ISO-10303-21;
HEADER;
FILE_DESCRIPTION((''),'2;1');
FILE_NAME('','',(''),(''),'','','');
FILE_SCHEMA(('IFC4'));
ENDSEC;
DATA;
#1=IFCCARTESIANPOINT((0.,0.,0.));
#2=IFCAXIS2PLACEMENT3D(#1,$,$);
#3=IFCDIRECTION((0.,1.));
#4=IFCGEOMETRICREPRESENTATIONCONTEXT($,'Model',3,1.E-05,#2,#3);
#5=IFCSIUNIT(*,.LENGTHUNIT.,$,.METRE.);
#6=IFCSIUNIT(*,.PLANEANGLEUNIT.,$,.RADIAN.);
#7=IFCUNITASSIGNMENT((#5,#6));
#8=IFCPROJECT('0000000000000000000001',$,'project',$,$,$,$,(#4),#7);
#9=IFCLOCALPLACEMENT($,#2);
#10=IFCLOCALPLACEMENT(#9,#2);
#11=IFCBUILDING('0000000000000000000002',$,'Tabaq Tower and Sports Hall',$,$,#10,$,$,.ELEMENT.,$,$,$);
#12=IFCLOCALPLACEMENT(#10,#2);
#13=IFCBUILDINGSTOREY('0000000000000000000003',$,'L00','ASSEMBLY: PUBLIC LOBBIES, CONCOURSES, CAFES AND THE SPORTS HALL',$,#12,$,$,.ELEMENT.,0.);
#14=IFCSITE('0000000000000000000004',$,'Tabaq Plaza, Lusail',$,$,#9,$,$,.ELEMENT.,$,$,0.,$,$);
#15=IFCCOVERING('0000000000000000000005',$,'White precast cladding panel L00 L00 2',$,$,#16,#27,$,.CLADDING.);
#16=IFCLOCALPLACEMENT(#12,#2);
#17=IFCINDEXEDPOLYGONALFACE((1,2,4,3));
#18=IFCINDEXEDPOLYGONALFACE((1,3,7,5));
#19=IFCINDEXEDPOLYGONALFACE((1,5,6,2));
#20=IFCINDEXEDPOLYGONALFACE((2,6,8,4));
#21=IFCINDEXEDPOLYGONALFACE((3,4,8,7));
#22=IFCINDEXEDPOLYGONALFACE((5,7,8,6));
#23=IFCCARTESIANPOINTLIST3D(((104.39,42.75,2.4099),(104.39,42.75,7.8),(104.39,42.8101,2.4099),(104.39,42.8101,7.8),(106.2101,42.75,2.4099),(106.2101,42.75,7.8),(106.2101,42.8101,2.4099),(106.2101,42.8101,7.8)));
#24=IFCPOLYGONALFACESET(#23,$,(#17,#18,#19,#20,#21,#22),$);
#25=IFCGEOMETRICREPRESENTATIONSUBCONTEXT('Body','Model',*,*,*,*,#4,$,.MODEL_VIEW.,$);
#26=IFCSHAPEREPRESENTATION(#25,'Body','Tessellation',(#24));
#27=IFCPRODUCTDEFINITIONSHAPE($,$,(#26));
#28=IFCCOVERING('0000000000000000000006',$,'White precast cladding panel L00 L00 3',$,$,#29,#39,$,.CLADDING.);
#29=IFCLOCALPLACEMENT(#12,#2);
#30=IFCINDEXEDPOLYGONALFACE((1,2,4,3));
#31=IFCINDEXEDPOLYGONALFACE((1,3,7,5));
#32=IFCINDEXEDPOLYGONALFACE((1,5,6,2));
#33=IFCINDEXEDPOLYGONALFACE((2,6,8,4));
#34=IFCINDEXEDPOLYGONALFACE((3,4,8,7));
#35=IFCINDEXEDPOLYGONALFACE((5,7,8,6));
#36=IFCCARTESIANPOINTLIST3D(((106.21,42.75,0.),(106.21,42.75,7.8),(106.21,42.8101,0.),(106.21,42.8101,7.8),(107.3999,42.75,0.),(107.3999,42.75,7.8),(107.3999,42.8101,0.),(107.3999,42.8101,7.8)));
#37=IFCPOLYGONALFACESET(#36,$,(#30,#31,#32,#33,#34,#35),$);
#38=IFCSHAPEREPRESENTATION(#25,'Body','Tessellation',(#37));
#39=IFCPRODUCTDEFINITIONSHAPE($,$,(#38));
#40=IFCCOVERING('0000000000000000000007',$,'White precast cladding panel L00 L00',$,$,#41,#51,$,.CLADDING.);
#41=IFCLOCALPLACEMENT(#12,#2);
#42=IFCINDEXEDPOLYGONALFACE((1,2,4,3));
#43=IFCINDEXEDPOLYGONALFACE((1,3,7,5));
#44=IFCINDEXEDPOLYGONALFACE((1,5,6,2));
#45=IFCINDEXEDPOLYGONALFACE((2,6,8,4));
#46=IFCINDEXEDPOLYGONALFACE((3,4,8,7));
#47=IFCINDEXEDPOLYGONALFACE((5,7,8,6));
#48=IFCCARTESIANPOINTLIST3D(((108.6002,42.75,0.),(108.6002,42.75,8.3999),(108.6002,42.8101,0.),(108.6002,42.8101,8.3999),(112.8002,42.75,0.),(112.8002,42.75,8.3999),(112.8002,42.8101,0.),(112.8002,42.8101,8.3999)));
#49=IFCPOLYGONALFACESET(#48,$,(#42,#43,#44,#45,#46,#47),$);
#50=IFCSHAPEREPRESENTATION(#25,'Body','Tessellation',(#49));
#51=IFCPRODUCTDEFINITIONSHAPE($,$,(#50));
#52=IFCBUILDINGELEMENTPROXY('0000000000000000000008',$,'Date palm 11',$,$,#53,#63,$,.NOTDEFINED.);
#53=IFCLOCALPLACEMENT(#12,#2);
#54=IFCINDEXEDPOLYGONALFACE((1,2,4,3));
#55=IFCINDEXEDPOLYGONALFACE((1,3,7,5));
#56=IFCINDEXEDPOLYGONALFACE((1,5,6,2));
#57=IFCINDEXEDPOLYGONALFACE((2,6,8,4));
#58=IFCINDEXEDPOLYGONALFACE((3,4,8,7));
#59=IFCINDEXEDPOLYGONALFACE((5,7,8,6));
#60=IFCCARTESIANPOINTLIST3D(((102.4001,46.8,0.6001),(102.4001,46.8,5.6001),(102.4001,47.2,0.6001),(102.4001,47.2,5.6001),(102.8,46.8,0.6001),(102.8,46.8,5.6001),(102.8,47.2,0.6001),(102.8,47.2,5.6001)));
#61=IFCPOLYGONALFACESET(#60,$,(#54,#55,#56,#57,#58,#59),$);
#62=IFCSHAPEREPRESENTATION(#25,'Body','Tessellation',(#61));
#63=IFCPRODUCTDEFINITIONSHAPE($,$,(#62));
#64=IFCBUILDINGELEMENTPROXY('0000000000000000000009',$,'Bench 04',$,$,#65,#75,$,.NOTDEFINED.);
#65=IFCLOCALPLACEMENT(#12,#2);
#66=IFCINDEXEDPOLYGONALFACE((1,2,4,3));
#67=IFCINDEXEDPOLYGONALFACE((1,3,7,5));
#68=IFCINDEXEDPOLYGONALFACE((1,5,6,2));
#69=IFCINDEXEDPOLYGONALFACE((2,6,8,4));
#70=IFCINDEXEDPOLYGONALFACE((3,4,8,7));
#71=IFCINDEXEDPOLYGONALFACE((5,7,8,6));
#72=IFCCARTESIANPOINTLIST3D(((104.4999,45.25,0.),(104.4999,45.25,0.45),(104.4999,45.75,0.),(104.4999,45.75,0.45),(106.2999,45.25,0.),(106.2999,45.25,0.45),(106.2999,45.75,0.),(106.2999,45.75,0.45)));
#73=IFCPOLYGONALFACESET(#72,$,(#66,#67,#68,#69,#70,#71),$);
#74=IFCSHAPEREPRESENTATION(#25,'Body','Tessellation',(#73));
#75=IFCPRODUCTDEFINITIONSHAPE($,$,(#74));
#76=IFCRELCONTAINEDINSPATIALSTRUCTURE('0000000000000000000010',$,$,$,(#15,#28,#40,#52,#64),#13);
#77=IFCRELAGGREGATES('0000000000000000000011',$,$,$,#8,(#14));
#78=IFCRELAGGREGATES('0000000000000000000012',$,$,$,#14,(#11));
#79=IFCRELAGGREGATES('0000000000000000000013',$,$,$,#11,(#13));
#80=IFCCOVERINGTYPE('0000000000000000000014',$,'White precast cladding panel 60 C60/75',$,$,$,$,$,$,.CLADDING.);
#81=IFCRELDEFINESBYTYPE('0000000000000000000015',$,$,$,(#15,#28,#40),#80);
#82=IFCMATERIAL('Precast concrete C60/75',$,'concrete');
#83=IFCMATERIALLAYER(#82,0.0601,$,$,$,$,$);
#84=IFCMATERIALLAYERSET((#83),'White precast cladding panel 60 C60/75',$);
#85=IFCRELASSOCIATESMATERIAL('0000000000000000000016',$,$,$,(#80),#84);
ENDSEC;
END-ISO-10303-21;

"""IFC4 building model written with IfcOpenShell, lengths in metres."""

from ifc_helpers import new_model, si_unit, direction, frame, frame_2d, origin, origin_2d, place, context, subcontext, project, spatial, rectangle, extrude, material, layer, layer_set, type_object, element, save


model = new_model("IFC4")

# Units and contexts
model_context = context("Model", 3, precision=1e-05, world=origin(), true_north=direction((0.0, 1.0)))
body_context = subcontext(model_context, "Body", "Model", "MODEL_VIEW")
ifc_project = project(units=[si_unit("LENGTHUNIT", "METRE"), si_unit("PLANEANGLEUNIT", "RADIAN")], contexts=[model_context])

# Site, building, storey
site_placement = place(None, origin())
site = spatial("IfcSite", under=ifc_project, at=site_placement, Name="Tabaq Plaza, Lusail", CompositionType="ELEMENT", RefElevation=0.0)
building_placement = place(site_placement, origin())
building = spatial("IfcBuilding", under=site, at=building_placement, Name="Tabaq Tower and Sports Hall", CompositionType="ELEMENT")
storey_placement = place(building_placement, origin())
storey = spatial("IfcBuildingStorey", under=building, at=storey_placement, Name="L00", Description="ASSEMBLY: PUBLIC LOBBIES, CONCOURSES, CAFES AND THE SPORTS HALL", CompositionType="ELEMENT", Elevation=0.0)

# Coverings
ifc_material_1 = material(Name="Precast concrete C60/75", Category="concrete")
ifc_layer_1 = layer(ifc_material_1, 0.0601)
ifc_layer_set_1 = layer_set([ifc_layer_1], Name="White precast cladding panel 60 C60/75")
covering_type = type_object("IfcCoveringType", Name="White precast cladding panel 60 C60/75", PredefinedType="CLADDING", material=ifc_layer_set_1)
covering_1_placement = place(storey_placement, frame((104.3899, 42.78, 2.4099), z_axis=(0.0, 0.0, 1.0), x_axis=(1.0, 0.0, 0.0)))
element("IfcCovering", 1, at=covering_1_placement, inside=storey, type_object=covering_type, Name="White precast cladding panel L00 L00 2", PredefinedType="CLADDING", context=body_context, shape_type="SweptSolid", body=[
    extrude(rectangle(XDim=1.8201, YDim=0.0601, at=frame_2d((0.9102, 0.0))), origin(), (0.0, 0.0, 1.0), 5.3901),
])
covering_2_placement = place(storey_placement, frame((106.21, 42.78, 0.0), z_axis=(0.0, 0.0, 1.0), x_axis=(1.0, 0.0, 0.0)))
element("IfcCovering", 2, at=covering_2_placement, inside=storey, type_object=covering_type, Name="White precast cladding panel L00 L00 3", PredefinedType="CLADDING", context=body_context, shape_type="SweptSolid", body=[
    extrude(rectangle(XDim=1.1899, YDim=0.0601, at=frame_2d((0.595, 0.0))), origin(), (0.0, 0.0, 1.0), 7.8),
])
covering_3_placement = place(storey_placement, frame((108.6001, 42.78, 0.0), z_axis=(0.0, 0.0, 1.0), x_axis=(1.0, 0.0, 0.0)))
element("IfcCovering", 3, at=covering_3_placement, inside=storey, type_object=covering_type, Name="White precast cladding panel L00 L00", PredefinedType="CLADDING", context=body_context, shape_type="SweptSolid", body=[
    extrude(rectangle(XDim=4.2, YDim=0.0601, at=frame_2d((2.1001, 0.0))), origin(), (0.0, 0.0, 1.0), 8.3999),
])

# Building element proxies
proxy_1_placement = place(storey_placement, frame((102.6001, 47.0, 0.6001), z_axis=(0.0, 0.0, 1.0), x_axis=(1.0, 0.0, 0.0)))
element("IfcBuildingElementProxy", 4, at=proxy_1_placement, inside=storey, Name="Date palm 11", PredefinedType="NOTDEFINED", context=body_context, shape_type="SweptSolid", body=[
    extrude(rectangle(XDim=0.3999, YDim=0.3999, at=origin_2d()), origin(), (0.0, 0.0, 1.0), 5.0),
])
proxy_2_placement = place(storey_placement, frame((105.3999, 45.5, 0.0), z_axis=(0.0, 0.0, 1.0), x_axis=(1.0, 0.0, 0.0)))
element("IfcBuildingElementProxy", 5, at=proxy_2_placement, inside=storey, Name="Bench 04", PredefinedType="NOTDEFINED", context=body_context, shape_type="SweptSolid", body=[
    extrude(rectangle(XDim=1.8, YDim=0.5, at=origin_2d()), origin(), (0.0, 0.0, 1.0), 0.45),
])

save(model, "model.ifc")
